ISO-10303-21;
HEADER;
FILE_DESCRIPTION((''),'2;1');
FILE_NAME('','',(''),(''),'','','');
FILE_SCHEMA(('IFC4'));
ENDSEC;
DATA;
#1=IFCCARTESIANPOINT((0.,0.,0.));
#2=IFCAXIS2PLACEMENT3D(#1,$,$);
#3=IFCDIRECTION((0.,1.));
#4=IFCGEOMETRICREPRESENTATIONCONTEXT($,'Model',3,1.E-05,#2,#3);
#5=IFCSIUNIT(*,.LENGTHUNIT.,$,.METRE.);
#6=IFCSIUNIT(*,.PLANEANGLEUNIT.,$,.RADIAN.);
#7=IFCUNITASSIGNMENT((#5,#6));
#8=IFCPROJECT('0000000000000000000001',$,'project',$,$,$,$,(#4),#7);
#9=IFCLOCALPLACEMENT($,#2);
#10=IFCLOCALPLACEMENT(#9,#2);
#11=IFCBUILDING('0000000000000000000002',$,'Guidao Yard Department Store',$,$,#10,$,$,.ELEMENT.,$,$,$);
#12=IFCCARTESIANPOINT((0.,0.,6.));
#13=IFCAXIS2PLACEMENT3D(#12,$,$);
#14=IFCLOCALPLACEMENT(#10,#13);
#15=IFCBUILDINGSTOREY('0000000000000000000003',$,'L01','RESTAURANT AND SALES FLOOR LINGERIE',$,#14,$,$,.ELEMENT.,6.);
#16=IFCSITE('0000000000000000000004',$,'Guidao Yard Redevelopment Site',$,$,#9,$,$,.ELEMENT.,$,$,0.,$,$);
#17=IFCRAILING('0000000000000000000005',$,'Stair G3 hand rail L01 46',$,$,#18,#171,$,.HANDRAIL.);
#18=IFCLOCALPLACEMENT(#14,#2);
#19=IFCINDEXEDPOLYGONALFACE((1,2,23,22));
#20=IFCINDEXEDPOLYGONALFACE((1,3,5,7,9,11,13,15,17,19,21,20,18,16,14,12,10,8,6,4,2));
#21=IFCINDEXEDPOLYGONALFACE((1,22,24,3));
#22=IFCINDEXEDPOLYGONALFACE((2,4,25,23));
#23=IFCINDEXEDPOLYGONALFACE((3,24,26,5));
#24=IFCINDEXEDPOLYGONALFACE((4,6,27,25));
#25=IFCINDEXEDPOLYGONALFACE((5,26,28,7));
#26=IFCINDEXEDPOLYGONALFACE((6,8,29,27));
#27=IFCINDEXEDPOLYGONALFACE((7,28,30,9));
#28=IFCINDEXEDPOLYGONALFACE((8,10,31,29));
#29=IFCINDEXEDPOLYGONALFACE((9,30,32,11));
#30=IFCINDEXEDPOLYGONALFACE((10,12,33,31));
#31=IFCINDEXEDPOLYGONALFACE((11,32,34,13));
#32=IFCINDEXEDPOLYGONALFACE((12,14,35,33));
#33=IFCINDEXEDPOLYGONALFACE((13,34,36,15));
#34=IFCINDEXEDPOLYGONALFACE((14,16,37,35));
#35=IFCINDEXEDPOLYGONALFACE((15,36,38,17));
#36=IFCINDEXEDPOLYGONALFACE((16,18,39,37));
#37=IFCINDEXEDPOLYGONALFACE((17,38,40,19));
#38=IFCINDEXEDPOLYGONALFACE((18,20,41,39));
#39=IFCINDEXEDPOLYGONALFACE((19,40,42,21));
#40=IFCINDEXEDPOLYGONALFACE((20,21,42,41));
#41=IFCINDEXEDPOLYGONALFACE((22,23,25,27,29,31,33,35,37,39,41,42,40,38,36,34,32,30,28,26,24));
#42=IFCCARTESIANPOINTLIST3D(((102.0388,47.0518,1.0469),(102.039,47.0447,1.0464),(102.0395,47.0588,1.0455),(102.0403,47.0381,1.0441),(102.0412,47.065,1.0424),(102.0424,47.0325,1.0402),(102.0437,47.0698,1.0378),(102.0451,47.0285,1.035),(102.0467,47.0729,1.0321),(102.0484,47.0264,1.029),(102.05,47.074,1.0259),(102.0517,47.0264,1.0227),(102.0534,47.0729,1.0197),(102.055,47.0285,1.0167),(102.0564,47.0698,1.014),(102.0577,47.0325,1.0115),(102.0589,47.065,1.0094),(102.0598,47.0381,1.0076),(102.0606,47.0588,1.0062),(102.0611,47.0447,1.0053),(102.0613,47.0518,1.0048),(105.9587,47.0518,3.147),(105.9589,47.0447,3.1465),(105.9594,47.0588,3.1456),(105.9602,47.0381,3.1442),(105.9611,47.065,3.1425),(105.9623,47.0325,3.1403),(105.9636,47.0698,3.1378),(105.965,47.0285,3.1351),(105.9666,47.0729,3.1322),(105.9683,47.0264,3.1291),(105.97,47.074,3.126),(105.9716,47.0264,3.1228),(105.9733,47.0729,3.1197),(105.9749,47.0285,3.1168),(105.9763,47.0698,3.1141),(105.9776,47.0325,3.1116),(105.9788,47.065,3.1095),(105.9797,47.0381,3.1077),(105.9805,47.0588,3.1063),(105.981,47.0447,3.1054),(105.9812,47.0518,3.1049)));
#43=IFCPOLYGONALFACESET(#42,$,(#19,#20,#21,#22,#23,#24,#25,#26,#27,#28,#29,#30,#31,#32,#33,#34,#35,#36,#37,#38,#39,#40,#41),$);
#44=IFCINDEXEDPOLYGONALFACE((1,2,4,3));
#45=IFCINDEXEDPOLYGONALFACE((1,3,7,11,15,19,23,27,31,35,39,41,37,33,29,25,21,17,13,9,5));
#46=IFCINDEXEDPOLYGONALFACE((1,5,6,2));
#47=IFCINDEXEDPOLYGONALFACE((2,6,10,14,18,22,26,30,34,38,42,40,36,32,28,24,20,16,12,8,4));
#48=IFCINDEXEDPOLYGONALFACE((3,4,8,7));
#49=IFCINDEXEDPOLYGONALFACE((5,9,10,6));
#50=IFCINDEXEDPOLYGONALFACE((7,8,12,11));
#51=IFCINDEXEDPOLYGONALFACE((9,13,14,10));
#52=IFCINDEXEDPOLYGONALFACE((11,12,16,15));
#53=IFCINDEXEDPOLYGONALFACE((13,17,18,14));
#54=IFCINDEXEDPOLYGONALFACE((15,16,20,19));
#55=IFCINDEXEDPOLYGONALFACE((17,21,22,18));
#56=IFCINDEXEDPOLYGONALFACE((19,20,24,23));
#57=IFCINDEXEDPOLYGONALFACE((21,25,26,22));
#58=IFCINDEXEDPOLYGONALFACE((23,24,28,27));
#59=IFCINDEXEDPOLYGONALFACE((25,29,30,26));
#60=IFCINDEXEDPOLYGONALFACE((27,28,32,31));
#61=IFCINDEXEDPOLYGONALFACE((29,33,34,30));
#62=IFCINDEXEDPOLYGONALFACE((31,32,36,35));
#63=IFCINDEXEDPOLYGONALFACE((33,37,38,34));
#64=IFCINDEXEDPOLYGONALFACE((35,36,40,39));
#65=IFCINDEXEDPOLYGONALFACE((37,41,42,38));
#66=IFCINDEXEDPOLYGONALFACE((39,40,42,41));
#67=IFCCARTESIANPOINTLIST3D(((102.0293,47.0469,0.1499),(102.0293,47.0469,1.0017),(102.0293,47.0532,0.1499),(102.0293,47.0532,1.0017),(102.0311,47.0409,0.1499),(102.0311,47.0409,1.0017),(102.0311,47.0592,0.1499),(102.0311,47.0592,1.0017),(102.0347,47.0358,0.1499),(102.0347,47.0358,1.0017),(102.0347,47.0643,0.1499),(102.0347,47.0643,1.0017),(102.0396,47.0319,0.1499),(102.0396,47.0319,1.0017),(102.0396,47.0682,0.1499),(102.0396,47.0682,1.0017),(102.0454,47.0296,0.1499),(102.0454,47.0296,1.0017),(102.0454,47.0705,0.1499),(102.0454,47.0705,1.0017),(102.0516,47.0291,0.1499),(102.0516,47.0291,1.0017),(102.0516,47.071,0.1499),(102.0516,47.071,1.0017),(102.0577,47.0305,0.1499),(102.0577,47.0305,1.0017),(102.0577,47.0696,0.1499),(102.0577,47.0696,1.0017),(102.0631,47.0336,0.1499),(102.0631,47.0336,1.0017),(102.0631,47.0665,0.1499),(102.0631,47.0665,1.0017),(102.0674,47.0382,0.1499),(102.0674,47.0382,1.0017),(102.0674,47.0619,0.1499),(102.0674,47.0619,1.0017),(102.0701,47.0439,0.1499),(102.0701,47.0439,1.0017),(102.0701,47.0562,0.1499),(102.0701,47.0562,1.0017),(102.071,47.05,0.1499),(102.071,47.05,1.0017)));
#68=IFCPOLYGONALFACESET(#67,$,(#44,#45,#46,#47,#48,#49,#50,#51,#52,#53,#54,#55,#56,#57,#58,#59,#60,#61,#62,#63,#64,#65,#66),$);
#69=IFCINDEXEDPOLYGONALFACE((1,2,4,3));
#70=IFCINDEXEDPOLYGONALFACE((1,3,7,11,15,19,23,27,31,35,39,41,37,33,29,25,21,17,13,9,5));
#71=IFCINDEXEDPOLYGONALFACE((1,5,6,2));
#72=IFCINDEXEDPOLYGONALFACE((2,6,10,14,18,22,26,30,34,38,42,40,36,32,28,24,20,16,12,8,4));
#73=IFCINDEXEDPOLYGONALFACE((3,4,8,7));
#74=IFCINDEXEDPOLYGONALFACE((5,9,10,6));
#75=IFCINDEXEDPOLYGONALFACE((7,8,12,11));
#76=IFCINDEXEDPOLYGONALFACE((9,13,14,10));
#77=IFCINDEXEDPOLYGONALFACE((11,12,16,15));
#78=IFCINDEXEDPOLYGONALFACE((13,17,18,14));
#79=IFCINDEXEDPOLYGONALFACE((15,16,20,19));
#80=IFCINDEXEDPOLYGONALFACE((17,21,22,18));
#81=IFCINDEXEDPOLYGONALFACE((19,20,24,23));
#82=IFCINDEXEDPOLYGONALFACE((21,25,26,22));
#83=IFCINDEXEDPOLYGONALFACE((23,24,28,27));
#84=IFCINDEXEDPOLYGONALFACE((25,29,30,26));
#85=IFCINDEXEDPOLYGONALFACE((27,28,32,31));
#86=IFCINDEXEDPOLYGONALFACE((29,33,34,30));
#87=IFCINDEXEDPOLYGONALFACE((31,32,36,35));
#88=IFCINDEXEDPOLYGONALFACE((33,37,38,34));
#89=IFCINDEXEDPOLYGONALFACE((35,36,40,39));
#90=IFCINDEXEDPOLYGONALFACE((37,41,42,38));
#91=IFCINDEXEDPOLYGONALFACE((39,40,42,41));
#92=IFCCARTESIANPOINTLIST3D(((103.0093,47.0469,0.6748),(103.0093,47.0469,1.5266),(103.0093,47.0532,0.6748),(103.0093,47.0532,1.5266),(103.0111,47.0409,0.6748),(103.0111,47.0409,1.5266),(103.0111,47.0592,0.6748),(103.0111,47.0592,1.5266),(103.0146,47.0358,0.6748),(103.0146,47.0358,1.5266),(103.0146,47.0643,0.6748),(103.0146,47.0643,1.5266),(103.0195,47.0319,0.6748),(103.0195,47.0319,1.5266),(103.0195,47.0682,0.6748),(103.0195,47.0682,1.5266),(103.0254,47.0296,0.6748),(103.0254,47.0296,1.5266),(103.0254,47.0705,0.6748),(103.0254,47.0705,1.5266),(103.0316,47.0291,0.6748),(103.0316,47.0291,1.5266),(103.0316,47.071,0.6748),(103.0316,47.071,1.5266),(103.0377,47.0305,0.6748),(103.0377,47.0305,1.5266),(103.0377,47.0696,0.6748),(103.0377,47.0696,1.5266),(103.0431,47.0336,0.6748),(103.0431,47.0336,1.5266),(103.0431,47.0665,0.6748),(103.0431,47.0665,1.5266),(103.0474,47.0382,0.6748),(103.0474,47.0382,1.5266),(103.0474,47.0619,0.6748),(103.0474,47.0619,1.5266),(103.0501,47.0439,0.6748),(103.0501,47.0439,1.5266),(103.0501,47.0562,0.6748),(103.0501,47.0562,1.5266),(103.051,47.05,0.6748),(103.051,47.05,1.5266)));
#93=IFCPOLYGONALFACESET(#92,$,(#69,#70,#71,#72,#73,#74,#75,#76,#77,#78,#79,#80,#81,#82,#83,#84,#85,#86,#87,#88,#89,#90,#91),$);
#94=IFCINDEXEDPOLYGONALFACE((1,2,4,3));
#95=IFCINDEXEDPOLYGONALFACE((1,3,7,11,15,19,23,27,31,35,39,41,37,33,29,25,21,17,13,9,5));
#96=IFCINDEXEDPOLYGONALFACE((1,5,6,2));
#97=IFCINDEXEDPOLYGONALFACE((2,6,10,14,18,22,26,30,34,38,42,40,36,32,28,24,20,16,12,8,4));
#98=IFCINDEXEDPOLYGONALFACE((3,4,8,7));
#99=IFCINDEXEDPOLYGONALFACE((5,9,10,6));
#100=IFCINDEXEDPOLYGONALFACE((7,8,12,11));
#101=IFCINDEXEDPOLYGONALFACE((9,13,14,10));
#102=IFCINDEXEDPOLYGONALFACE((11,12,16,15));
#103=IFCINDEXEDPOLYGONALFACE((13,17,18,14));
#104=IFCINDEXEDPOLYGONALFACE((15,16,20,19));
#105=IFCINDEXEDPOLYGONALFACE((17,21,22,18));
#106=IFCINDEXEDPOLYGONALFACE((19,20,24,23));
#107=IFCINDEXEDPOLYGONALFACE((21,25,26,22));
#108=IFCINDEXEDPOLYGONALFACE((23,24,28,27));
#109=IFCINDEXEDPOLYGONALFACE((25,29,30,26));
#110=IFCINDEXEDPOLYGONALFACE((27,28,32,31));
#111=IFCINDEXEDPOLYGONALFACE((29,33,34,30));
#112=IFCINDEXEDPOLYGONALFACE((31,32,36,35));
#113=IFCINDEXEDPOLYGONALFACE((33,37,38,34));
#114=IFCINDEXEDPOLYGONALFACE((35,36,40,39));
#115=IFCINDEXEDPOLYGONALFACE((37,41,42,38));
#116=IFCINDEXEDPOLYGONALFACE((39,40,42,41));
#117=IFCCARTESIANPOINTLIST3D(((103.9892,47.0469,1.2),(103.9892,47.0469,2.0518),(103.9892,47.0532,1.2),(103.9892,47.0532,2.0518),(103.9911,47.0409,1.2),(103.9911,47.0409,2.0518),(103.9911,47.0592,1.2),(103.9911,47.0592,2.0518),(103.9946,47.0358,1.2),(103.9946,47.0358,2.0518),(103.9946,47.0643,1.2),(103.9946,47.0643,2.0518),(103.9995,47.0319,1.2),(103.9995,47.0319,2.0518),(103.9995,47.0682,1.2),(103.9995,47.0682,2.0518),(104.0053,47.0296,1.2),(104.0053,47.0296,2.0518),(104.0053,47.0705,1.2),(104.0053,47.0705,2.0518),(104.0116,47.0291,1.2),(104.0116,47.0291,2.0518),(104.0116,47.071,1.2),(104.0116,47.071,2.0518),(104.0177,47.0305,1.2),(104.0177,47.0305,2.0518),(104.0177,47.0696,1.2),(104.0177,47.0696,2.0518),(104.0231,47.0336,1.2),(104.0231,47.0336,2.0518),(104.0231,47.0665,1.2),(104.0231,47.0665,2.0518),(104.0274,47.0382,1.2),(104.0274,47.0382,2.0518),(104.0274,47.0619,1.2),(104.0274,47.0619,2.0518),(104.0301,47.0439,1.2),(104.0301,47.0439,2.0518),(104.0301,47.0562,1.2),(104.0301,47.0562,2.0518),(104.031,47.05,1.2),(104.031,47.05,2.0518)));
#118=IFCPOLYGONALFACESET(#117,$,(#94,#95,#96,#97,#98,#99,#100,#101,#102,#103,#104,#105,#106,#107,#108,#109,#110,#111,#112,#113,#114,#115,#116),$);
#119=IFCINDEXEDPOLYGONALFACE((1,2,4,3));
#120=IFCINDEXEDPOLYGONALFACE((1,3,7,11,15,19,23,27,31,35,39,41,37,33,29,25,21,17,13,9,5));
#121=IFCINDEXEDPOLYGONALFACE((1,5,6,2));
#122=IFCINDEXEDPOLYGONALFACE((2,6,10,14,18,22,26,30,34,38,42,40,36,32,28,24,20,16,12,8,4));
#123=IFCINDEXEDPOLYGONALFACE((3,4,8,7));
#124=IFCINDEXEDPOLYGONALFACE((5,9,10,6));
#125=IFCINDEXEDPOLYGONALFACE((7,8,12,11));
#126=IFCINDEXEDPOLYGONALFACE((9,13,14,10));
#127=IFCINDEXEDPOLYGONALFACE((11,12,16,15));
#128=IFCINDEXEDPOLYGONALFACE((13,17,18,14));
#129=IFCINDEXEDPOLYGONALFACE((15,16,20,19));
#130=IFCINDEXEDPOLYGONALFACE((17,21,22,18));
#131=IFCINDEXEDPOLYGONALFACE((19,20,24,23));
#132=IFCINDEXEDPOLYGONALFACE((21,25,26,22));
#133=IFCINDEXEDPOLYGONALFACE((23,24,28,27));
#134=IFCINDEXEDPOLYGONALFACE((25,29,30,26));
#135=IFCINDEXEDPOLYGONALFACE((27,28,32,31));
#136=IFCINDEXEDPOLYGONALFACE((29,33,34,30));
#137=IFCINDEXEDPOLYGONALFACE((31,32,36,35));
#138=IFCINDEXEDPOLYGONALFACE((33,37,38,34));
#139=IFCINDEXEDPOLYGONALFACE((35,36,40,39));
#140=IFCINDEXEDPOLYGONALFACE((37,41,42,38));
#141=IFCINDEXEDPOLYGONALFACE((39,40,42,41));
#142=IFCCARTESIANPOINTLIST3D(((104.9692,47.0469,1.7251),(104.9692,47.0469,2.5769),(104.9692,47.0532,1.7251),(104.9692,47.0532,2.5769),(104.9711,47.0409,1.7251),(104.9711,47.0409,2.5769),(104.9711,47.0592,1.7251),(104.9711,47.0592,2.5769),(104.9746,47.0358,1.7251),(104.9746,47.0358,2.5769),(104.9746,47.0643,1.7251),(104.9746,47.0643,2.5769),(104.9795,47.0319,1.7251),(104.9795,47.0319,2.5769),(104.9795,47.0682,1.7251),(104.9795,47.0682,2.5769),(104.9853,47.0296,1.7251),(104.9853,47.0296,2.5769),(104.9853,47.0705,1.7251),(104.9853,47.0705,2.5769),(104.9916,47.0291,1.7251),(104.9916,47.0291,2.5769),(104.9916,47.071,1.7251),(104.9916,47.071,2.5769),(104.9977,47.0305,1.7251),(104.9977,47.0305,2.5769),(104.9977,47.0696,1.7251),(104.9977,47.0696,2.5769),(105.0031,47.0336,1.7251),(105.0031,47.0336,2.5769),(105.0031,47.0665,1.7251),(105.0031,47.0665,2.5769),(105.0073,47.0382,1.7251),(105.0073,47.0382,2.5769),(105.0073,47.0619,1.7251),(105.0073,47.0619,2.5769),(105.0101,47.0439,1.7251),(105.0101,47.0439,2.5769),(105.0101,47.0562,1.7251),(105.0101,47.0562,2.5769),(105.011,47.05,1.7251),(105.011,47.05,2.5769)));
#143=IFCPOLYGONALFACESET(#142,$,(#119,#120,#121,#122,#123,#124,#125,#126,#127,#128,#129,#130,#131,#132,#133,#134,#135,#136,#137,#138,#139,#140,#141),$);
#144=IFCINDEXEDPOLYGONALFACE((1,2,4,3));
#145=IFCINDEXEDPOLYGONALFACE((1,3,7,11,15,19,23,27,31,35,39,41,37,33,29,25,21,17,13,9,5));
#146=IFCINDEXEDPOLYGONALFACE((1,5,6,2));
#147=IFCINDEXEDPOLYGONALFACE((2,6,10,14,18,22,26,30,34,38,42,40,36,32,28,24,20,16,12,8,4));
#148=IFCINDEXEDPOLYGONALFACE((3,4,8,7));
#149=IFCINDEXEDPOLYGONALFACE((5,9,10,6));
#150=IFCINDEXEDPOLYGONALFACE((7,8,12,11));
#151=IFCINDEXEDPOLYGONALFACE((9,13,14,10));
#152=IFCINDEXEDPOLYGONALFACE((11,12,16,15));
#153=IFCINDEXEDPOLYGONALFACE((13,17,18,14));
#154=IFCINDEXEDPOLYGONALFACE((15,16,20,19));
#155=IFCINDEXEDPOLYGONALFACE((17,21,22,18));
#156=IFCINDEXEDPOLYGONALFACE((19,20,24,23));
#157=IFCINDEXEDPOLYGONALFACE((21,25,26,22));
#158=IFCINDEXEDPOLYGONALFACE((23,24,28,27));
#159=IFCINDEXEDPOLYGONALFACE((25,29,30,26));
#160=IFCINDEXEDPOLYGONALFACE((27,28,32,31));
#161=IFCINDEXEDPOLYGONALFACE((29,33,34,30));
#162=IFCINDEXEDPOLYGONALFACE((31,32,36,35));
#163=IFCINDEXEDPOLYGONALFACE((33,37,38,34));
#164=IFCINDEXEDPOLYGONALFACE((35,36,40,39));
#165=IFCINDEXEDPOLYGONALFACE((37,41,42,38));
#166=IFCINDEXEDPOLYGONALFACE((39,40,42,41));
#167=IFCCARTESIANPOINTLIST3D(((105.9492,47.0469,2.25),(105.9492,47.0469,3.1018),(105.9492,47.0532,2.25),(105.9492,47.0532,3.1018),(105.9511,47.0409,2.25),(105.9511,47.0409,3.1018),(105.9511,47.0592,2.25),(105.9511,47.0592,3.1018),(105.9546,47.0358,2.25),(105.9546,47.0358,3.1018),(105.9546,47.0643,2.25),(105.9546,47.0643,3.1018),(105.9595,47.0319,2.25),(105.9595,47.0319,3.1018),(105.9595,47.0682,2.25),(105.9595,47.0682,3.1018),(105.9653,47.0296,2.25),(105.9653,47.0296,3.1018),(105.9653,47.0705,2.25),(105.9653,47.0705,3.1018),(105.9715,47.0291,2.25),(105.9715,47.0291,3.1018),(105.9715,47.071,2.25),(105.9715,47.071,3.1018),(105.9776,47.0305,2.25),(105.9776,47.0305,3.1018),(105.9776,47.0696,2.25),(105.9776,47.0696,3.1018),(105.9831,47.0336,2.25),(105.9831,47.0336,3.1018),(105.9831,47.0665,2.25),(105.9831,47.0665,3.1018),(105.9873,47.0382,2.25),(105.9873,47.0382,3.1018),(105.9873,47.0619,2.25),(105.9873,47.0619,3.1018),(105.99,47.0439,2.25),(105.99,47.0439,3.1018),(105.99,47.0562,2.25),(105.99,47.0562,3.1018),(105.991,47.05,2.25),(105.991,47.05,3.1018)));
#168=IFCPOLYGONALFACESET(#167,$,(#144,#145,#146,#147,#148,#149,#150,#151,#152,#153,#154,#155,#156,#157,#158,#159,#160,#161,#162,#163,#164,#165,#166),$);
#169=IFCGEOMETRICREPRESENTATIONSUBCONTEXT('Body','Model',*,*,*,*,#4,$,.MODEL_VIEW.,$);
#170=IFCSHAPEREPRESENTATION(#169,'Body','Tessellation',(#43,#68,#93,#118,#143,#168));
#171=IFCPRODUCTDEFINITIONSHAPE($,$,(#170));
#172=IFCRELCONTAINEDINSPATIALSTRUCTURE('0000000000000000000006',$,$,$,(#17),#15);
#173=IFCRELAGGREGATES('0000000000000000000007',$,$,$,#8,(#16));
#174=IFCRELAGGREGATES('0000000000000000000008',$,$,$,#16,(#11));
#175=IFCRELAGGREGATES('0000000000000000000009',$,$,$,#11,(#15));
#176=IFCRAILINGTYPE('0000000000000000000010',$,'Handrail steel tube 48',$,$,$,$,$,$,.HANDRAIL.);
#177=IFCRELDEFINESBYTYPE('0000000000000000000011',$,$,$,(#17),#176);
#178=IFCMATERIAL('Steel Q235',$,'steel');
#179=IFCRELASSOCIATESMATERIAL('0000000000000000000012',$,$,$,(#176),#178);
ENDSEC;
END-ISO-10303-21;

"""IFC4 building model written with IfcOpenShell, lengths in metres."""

from ifc_helpers import new_model, si_unit, direction, frame, origin, origin_2d, place, context, subcontext, project, spatial, circle, extrude, material, type_object, element, save


model = new_model("IFC4")

# Units and contexts
model_context = context("Model", 3, precision=1e-05, world=origin(), true_north=direction((0.0, 1.0)))
body_context = subcontext(model_context, "Body", "Model", "MODEL_VIEW")
ifc_project = project(units=[si_unit("LENGTHUNIT", "METRE"), si_unit("PLANEANGLEUNIT", "RADIAN")], contexts=[model_context])

# Site, building, storey
site_placement = place(None, origin())
site = spatial("IfcSite", under=ifc_project, at=site_placement, Name="Guidao Yard Redevelopment Site", CompositionType="ELEMENT", RefElevation=0.0)
building_placement = place(site_placement, origin())
building = spatial("IfcBuilding", under=site, at=building_placement, Name="Guidao Yard Department Store", CompositionType="ELEMENT")
storey_placement = place(building_placement, frame((0.0, 0.0, 6.0)))
storey = spatial("IfcBuildingStorey", under=building, at=storey_placement, Name="L01", Description="RESTAURANT AND SALES FLOOR LINGERIE", CompositionType="ELEMENT", Elevation=6.0)

# Railing
ifc_material_1 = material(Name="Steel Q235", Category="steel")
railing_type_1 = type_object("IfcRailingType", Name="Handrail steel tube 48", PredefinedType="HANDRAIL", material=ifc_material_1)
for number, where, name in (
    (1, (102.05, 47.05, 0.1499), "Stair G3 hand rail L01 46"),
):
    element("IfcRailing", number, at=place(storey_placement, frame(where)), inside=storey, type_object=railing_type_1, Name=name, PredefinedType="HANDRAIL", context=body_context, shape_type="SweptSolid", body=[
        extrude(circle(Radius=0.0239, at=origin_2d()), frame((0.0, 0.0, 0.876), z_axis=(0.881467, 0.0, 0.472246), x_axis=(0.0, 1.0, 0.0)), (0.0, 0.0, 1.0), 4.447),
        extrude(circle(Radius=0.021, at=origin_2d()), origin(), (0.0, 0.0, 1.0), 0.8518),
        extrude(circle(Radius=0.021, at=origin_2d()), frame((0.98, 0.0, 0.5249)), (0.0, 0.0, 1.0), 0.8518),
        extrude(circle(Radius=0.021, at=origin_2d()), frame((1.96, 0.0, 1.05)), (0.0, 0.0, 1.0), 0.8518),
        extrude(circle(Radius=0.021, at=origin_2d()), frame((2.9399, 0.0, 1.5752)), (0.0, 0.0, 1.0), 0.8518),
        extrude(circle(Radius=0.021, at=origin_2d()), frame((3.9199, 0.0, 2.1001)), (0.0, 0.0, 1.0), 0.8518),
    ])

save(model, "model.ifc")
